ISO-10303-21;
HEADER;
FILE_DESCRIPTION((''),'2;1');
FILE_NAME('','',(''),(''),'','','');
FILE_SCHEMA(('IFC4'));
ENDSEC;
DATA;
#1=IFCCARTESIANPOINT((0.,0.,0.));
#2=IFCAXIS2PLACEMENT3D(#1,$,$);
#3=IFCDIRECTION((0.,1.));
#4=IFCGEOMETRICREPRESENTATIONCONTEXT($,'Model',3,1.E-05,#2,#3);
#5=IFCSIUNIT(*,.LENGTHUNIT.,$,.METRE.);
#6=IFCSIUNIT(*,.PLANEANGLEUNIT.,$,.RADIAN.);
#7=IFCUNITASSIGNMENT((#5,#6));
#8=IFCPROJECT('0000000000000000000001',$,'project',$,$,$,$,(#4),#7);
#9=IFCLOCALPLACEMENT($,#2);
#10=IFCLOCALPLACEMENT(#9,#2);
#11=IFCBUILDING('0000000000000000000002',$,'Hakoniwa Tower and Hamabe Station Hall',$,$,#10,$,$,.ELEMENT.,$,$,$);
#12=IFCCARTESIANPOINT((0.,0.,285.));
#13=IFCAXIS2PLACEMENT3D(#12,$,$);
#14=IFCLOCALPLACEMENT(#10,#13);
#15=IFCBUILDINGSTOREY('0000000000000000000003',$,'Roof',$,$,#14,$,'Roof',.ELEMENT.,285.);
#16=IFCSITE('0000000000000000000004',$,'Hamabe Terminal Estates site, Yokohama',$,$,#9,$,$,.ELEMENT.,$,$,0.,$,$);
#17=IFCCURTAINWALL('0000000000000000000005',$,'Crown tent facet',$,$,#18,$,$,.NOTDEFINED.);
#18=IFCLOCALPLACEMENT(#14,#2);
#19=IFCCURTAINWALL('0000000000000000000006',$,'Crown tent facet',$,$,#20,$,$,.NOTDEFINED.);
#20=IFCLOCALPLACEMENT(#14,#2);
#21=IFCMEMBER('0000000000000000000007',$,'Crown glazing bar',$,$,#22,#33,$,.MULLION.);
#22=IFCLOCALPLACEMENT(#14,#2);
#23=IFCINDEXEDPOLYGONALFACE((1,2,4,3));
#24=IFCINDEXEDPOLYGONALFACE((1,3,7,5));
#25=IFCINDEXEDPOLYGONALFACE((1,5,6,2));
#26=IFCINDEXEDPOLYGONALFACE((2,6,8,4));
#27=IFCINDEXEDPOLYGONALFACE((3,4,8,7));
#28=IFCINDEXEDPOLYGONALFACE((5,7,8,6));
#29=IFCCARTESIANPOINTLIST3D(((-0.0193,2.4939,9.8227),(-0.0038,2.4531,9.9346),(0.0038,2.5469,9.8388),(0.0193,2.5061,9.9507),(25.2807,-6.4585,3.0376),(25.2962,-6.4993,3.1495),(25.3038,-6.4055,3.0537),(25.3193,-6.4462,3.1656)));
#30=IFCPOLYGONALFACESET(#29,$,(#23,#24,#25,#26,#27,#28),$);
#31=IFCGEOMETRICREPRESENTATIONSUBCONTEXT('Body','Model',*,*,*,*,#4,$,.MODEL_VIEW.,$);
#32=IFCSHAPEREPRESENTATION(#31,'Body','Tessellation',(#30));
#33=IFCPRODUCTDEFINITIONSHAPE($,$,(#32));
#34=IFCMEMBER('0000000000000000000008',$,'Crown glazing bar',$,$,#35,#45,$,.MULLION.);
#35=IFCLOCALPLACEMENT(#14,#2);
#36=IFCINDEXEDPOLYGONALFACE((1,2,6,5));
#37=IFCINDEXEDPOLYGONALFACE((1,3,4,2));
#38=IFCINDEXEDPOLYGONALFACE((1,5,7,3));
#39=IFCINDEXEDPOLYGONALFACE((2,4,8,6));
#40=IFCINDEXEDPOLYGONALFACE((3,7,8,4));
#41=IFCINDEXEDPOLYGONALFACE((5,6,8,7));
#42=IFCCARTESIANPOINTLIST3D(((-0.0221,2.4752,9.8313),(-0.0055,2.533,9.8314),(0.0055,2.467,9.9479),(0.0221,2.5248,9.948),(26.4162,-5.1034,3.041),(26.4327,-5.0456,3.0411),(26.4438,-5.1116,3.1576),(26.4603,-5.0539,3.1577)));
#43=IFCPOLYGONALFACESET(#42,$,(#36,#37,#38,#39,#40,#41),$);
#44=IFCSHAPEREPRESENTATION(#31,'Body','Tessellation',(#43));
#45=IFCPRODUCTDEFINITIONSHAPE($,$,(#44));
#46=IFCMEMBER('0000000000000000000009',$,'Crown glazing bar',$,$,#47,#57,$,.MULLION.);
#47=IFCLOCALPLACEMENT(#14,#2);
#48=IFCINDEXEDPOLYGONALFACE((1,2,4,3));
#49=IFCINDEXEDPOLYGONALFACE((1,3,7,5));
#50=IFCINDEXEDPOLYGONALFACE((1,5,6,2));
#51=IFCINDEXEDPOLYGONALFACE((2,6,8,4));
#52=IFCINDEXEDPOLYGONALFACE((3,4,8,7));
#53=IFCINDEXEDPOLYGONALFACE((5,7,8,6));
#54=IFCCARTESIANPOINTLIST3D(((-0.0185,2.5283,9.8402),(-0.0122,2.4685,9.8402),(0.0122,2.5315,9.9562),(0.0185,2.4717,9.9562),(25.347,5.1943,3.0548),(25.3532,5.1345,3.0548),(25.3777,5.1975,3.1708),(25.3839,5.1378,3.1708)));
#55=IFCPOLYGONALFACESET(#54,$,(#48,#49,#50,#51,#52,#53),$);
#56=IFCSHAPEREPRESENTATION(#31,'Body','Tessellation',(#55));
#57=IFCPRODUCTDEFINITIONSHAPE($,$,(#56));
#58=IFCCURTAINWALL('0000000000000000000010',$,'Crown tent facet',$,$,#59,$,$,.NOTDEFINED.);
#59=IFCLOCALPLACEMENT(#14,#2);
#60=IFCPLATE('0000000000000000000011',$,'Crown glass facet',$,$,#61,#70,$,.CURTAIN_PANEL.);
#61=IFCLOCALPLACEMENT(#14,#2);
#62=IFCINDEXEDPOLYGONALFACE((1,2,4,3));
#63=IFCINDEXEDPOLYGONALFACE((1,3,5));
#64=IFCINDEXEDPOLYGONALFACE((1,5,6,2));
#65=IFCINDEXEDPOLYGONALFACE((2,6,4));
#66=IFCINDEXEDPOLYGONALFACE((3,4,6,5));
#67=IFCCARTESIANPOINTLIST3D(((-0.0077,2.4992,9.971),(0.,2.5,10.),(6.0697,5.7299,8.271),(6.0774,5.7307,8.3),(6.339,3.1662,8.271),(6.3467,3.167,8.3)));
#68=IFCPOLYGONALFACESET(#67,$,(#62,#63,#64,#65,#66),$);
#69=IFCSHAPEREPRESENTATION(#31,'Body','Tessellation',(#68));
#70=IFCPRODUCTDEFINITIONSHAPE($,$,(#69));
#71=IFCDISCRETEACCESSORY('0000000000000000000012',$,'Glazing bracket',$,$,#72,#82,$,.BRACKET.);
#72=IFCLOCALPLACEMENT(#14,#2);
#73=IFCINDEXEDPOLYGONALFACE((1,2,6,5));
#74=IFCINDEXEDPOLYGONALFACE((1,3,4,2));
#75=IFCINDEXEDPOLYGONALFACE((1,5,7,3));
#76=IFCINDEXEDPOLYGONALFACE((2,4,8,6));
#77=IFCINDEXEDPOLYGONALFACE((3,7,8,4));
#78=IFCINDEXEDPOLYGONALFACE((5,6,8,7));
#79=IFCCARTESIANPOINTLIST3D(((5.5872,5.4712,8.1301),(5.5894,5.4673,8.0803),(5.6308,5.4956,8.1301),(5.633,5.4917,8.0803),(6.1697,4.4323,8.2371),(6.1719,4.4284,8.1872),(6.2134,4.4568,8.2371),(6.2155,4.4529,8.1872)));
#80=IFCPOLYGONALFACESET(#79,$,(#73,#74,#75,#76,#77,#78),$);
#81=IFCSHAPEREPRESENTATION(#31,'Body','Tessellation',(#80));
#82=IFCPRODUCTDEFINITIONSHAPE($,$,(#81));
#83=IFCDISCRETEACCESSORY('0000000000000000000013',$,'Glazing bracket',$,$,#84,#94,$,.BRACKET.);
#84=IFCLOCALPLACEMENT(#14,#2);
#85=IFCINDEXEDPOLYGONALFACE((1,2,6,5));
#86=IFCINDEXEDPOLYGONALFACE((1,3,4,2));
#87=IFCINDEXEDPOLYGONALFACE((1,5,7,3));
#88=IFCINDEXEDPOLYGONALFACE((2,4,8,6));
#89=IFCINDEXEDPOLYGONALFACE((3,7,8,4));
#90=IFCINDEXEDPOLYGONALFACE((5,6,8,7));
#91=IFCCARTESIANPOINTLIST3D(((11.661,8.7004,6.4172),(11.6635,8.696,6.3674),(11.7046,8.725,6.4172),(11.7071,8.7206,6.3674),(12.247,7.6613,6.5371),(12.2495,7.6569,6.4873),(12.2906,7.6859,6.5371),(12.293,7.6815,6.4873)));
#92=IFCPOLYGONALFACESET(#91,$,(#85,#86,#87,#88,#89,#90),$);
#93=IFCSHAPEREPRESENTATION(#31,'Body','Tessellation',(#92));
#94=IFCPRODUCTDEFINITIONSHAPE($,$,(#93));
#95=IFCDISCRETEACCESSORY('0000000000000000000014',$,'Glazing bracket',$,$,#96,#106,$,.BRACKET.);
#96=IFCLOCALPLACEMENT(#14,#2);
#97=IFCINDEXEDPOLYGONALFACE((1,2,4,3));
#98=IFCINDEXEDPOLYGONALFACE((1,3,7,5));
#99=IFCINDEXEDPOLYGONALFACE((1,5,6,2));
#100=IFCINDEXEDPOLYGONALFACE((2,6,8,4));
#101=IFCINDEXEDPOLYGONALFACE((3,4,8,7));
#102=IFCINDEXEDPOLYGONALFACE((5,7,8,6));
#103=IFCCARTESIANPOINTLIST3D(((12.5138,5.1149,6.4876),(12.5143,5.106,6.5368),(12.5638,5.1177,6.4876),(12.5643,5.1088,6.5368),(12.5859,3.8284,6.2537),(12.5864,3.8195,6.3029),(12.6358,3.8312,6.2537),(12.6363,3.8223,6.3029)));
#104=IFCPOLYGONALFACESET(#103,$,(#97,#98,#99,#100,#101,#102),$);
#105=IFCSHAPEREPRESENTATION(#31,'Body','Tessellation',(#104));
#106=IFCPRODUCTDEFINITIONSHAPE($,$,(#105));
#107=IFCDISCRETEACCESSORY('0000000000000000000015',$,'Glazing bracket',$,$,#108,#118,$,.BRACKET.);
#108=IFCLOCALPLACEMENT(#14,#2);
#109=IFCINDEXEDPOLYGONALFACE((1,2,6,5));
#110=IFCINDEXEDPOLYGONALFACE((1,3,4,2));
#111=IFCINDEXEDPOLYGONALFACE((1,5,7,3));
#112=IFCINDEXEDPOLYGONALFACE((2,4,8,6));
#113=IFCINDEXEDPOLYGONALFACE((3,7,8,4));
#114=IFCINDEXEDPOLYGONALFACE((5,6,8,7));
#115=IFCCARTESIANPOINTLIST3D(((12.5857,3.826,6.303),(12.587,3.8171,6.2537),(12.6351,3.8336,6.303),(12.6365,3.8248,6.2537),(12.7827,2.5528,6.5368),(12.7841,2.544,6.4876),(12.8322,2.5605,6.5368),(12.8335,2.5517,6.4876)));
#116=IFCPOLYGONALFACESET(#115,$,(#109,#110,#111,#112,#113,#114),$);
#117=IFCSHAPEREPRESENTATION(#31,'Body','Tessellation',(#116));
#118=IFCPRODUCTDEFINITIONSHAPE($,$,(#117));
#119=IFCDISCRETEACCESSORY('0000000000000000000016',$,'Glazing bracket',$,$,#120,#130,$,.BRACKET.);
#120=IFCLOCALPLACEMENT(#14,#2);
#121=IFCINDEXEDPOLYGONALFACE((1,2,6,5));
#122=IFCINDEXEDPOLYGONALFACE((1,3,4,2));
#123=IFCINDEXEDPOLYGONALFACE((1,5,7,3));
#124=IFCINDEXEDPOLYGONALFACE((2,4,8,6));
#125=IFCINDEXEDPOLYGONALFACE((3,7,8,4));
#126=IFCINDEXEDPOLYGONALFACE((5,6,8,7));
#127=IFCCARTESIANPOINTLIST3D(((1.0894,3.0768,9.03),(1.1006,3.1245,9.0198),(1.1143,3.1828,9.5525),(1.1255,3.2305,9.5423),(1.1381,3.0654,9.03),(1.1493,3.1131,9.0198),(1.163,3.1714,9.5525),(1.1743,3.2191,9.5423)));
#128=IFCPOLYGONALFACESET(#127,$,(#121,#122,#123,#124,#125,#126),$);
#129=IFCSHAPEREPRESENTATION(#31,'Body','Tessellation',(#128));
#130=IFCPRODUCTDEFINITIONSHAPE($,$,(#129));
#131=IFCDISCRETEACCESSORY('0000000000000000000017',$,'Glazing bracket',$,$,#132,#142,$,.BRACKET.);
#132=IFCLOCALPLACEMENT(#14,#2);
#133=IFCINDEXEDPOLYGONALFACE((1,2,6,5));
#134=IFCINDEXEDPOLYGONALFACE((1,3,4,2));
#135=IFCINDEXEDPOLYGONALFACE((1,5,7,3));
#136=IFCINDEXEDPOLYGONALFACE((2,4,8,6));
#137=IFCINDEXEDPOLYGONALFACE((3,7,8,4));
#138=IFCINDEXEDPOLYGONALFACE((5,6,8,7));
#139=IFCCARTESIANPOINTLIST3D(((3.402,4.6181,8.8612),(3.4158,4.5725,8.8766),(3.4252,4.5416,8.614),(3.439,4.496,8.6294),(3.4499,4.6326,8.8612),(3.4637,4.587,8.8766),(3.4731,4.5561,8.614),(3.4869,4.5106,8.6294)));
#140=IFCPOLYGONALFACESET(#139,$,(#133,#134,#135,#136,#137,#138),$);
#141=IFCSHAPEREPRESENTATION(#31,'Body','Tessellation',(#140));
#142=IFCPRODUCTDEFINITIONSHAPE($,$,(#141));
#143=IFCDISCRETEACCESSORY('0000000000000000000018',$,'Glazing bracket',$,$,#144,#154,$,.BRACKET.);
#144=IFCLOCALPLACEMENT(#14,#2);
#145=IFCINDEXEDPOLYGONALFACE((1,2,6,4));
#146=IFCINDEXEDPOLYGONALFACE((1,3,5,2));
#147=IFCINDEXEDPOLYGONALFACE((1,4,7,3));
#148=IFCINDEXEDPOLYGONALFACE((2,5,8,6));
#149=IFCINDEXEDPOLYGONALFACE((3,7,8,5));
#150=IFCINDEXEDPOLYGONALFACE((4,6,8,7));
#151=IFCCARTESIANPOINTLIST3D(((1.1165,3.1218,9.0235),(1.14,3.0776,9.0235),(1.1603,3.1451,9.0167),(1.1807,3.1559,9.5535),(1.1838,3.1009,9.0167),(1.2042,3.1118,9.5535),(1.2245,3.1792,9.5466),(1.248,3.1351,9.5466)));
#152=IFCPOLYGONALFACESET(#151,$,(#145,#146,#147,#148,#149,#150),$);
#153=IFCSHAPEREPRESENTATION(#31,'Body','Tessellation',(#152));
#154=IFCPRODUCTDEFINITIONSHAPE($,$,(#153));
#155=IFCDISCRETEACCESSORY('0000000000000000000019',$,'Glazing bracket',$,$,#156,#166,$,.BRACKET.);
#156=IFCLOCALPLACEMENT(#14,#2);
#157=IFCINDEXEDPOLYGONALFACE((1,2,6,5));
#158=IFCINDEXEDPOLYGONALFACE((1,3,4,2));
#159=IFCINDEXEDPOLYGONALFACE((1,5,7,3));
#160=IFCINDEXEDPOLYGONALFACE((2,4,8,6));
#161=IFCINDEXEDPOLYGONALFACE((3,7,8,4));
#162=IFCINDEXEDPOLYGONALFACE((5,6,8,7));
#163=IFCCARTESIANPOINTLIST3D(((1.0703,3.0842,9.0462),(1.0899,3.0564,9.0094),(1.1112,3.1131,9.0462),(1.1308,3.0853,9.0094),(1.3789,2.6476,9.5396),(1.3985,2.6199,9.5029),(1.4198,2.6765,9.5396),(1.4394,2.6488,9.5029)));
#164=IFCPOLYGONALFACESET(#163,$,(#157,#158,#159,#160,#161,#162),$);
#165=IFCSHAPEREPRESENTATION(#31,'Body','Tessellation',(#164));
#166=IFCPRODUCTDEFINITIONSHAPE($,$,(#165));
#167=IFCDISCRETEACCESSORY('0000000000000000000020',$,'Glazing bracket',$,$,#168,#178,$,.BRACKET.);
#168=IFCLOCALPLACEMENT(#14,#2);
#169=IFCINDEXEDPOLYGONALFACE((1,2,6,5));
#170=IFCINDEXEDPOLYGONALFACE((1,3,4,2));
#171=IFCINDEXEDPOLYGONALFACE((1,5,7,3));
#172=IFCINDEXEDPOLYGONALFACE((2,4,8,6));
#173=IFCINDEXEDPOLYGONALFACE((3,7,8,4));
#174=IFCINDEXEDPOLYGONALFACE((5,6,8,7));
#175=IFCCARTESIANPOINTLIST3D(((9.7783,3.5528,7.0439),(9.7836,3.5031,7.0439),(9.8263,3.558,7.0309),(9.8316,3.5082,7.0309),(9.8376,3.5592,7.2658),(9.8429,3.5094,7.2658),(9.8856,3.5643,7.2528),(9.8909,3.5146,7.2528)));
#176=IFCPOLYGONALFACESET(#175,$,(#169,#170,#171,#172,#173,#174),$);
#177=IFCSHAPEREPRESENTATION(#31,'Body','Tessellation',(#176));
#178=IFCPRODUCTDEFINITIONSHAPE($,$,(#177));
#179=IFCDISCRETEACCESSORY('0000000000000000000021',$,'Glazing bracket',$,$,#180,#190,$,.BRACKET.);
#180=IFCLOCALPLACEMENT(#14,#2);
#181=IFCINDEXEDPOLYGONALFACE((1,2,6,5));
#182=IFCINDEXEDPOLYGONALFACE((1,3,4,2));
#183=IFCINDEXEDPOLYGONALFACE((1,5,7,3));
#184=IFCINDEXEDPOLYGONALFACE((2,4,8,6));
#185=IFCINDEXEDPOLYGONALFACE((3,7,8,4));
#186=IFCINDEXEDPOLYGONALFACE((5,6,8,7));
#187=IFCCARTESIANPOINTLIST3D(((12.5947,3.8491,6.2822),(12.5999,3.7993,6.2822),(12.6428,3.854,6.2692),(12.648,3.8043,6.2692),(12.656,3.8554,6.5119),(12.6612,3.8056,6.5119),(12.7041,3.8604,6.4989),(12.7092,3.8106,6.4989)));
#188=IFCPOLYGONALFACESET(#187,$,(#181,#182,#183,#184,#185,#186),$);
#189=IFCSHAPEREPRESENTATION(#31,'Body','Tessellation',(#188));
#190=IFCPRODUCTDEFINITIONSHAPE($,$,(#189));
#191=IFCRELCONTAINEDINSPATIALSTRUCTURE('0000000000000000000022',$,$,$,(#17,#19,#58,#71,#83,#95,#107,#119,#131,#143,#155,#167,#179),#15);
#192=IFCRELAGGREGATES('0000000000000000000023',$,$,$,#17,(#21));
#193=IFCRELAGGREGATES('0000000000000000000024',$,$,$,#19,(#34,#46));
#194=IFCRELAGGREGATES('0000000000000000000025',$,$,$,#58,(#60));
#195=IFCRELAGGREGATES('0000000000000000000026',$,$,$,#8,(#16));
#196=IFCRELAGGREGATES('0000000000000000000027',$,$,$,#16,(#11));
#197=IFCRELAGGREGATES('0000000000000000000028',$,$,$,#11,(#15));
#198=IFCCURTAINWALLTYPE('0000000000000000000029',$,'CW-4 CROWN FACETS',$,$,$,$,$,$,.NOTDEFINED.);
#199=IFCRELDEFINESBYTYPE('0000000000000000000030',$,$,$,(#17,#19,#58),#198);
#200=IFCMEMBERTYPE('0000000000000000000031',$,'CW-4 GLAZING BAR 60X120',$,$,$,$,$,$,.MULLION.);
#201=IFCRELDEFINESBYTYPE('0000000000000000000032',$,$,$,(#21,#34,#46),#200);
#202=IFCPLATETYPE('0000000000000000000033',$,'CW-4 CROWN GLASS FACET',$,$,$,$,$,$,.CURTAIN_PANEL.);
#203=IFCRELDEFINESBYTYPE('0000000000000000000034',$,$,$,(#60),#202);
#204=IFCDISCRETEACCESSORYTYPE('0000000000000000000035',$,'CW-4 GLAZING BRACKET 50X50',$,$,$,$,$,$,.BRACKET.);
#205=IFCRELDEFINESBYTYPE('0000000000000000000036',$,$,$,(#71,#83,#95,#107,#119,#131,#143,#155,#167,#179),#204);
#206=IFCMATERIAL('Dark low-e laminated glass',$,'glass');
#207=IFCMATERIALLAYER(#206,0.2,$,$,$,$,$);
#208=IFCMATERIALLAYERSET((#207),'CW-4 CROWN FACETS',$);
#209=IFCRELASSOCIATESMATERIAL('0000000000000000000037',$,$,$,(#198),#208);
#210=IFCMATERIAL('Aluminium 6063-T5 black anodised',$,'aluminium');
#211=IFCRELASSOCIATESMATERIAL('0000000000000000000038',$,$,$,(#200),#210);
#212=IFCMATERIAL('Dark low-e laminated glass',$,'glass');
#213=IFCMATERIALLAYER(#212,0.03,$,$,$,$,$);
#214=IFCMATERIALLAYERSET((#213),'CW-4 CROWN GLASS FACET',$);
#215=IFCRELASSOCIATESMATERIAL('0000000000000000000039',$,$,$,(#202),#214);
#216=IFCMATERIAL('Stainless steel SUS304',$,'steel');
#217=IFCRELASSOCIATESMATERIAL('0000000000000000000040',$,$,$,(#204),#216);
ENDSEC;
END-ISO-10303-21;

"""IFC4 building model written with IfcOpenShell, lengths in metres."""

from ifc_helpers import new_model, si_unit, direction, frame, origin, origin_2d, place, context, subcontext, project, spatial, polyline, rectangle, outline, extrude, material, layer, layer_set, material_profile, profile_set, type_object, element, aggregate, save


model = new_model("IFC4")

# Units and contexts
model_context = context("Model", 3, precision=1e-05, world=origin(), true_north=direction((0.0, 1.0)))
body_context = subcontext(model_context, "Body", "Model", "MODEL_VIEW")
ifc_project = project(units=[si_unit("LENGTHUNIT", "METRE"), si_unit("PLANEANGLEUNIT", "RADIAN")], contexts=[model_context])

# Site, building, storey
site_placement = place(None, origin())
site = spatial("IfcSite", under=ifc_project, at=site_placement, Name="Hamabe Terminal Estates site, Yokohama", CompositionType="ELEMENT", RefElevation=0.0)
building_placement = place(site_placement, origin())
building = spatial("IfcBuilding", under=site, at=building_placement, Name="Hakoniwa Tower and Hamabe Station Hall", CompositionType="ELEMENT")
storey_placement = place(building_placement, frame((0.0, 0.0, 285.0)))
storey = spatial("IfcBuildingStorey", under=building, at=storey_placement, Name="Roof", LongName="Roof", CompositionType="ELEMENT", Elevation=285.0)

# Curtain walls
ifc_material_1 = material(Name="Dark low-e laminated glass", Category="glass")
ifc_layer_1 = layer(ifc_material_1, 0.2)
ifc_layer_set_1 = layer_set([ifc_layer_1], Name="CW-4 CROWN FACETS")
curtain_wall_type = type_object("IfcCurtainWallType", Name="CW-4 CROWN FACETS", PredefinedType="NOTDEFINED", material=ifc_layer_set_1)
curtain_wall_1_placement = place(storey_placement, origin())
curtain_wall_1 = element("IfcCurtainWall", 1, at=curtain_wall_1_placement, inside=storey, type_object=curtain_wall_type, Name="Crown tent facet", PredefinedType="NOTDEFINED")
ifc_material_2 = material(Name="Aluminium 6063-T5 black anodised", Category="aluminium")
ifc_material_profile_1 = material_profile(ifc_material_2, rectangle(XDim=0.0601, YDim=0.1201, at=origin_2d()), Name="CW-4 GLAZING BAR 60X120")
ifc_profile_set_1 = profile_set([ifc_material_profile_1], Name="Aluminium 6063-T5 black anodised")
member_type_1 = type_object("IfcMemberType", Name="CW-4 GLAZING BAR 60X120", PredefinedType="MULLION", material=ifc_profile_set_1)
curtain_wall_2_placement = place(storey_placement, origin())
curtain_wall_2 = element("IfcCurtainWall", 2, at=curtain_wall_2_placement, inside=storey, type_object=curtain_wall_type, Name="Crown tent facet", PredefinedType="NOTDEFINED")

# Members
member_1_placement = place(storey_placement, frame((0.0, 2.5, 9.8867), z_axis=(0.913963, -0.323405, -0.245113), x_axis=(0.384516, 0.883235, 0.26841)))
member_1 = element("IfcMember", 3, at=member_1_placement, type_object=member_type_1, Name="Crown glazing bar", PredefinedType="MULLION", context=body_context, shape_type="SweptSolid", body=[
    extrude(rectangle(XDim=0.0601, YDim=0.1201, at=origin_2d()), origin(), (0.0, 0.0, 1.0), 27.6816),
])
aggregate(curtain_wall_1, [member_1])
member_2_placement = place(storey_placement, frame((0.0, 2.5, 9.8896), z_axis=(0.933262, -0.267523, -0.239695), x_axis=(0.27612, 0.96112, 0.002379)))
member_2 = element("IfcMember", 4, at=member_2_placement, type_object=member_type_1, Name="Crown glazing bar", PredefinedType="MULLION", context=body_context, shape_type="SweptSolid", body=[
    extrude(rectangle(XDim=0.0601, YDim=0.1201, at=origin_2d()), origin(), (0.0, 0.0, 1.0), 28.3289),
])
member_3_placement = place(storey_placement, frame((0.0, 2.5, 9.8982), z_axis=(0.961092, 0.101015, -0.257097), x_axis=(-0.104528, 0.994522, 0.0)))
member_3 = element("IfcMember", 5, at=member_3_placement, type_object=member_type_1, Name="Crown glazing bar", PredefinedType="MULLION", context=body_context, shape_type="SweptSolid", body=[
    extrude(rectangle(XDim=0.0601, YDim=0.1201, at=origin_2d()), origin(), (0.0, 0.0, 1.0), 26.3923),
])
aggregate(curtain_wall_2, [member_2, member_3])

# Curtain wall, plate
curtain_wall_3_placement = place(storey_placement, origin())
curtain_wall_3 = element("IfcCurtainWall", 6, at=curtain_wall_3_placement, inside=storey, type_object=curtain_wall_type, Name="Crown tent facet", PredefinedType="NOTDEFINED")
ifc_material_3 = material(Name="Dark low-e laminated glass", Category="glass")
ifc_layer_2 = layer(ifc_material_3, 0.03)
ifc_layer_set_2 = layer_set([ifc_layer_2], Name="CW-4 CROWN GLASS FACET")
plate_type = type_object("IfcPlateType", Name="CW-4 CROWN GLASS FACET", PredefinedType="CURTAIN_PANEL", material=ifc_layer_set_2)
plate_placement = place(storey_placement, frame((6.0774, 5.7307, 8.3), z_axis=(0.255997, 0.026889, 0.966303), x_axis=(0.104463, -0.994529, 0.0)))
plate = element("IfcPlate", 7, at=plate_placement, type_object=plate_type, Name="Crown glass facet", PredefinedType="CURTAIN_PANEL", context=body_context, shape_type="SweptSolid", body=[
    extrude(outline(polyline([(0.0, 0.0), (2.5778, 0.0), (2.5782, -6.6042), (0.0, 0.0)])), origin(), (0.0, 0.0, -1.0), 0.03),
])
aggregate(curtain_wall_3, [plate])

# Discrete accessories
ifc_material_4 = material(Name="Stainless steel SUS304", Category="steel")
ifc_material_profile_2 = material_profile(ifc_material_4, rectangle(XDim=0.05, YDim=0.05, at=origin_2d()), Name="CW-4 GLAZING BRACKET 50X50")
ifc_profile_set_2 = profile_set([ifc_material_profile_2], Name="Stainless steel SUS304")
discrete_accessory_type_1 = type_object("IfcDiscreteAccessoryType", Name="CW-4 GLAZING BRACKET 50X50", PredefinedType="BRACKET", material=ifc_profile_set_2)
discrete_accessory_1_placement = place(storey_placement, frame((6.1926, 4.4426, 8.2122), z_axis=(-0.487143, 0.868732, -0.089425), x_axis=(-0.872226, -0.489103, 0.0)))
element("IfcDiscreteAccessory", 8, at=discrete_accessory_1_placement, inside=storey, type_object=discrete_accessory_type_1, Name="Glazing bracket", PredefinedType="BRACKET", context=body_context, shape_type="SweptSolid", body=[
    extrude(rectangle(XDim=0.05, YDim=0.05, at=origin_2d()), origin(), (0.0, 0.0, 1.0), 1.1958),
])
discrete_accessory_2_placement = place(storey_placement, frame((12.27, 7.6714, 6.5122), z_axis=(-0.488732, 0.866685, -0.099986), x_axis=(-0.87105, -0.491194, 0.0)))
element("IfcDiscreteAccessory", 9, at=discrete_accessory_2_placement, inside=storey, type_object=discrete_accessory_type_1, Name="Glazing bracket", PredefinedType="BRACKET", context=body_context, shape_type="SweptSolid", body=[
    extrude(rectangle(XDim=0.05, YDim=0.05, at=origin_2d()), origin(), (0.0, 0.0, 1.0), 1.199),
])
discrete_accessory_3_placement = place(storey_placement, frame((12.5391, 5.1118, 6.5122), z_axis=(0.055001, -0.982381, -0.178615), x_axis=(0.998436, 0.0559, 0.0)))
element("IfcDiscreteAccessory", 10, at=discrete_accessory_3_placement, inside=storey, type_object=discrete_accessory_type_1, Name="Glazing bracket", PredefinedType="BRACKET", context=body_context, shape_type="SweptSolid", body=[
    extrude(rectangle(XDim=0.05, YDim=0.05, at=origin_2d()), origin(), (0.0, 0.0, 1.0), 1.3096),
])
discrete_accessory_4_placement = place(storey_placement, frame((12.8081, 2.5522, 6.5122), z_axis=(-0.150466, 0.972345, -0.178621), x_axis=(-0.988238, -0.152926, 0.0)))
element("IfcDiscreteAccessory", 11, at=discrete_accessory_4_placement, inside=storey, type_object=discrete_accessory_type_1, Name="Glazing bracket", PredefinedType="BRACKET", context=body_context, shape_type="SweptSolid", body=[
    extrude(rectangle(XDim=0.05, YDim=0.05, at=origin_2d()), origin(), (0.0, 0.0, 1.0), 1.3093),
])
discrete_accessory_5_placement = place(storey_placement, frame((1.1443, 3.2009, 9.5474), z_axis=(-0.046662, -0.198541, -0.978981), x_axis=(0.973476, -0.228789, 0.0)))
element("IfcDiscreteAccessory", 12, at=discrete_accessory_5_placement, inside=storey, type_object=discrete_accessory_type_1, Name="Glazing bracket", PredefinedType="BRACKET", context=body_context, shape_type="SweptSolid", body=[
    extrude(rectangle(XDim=0.05, YDim=0.05, at=origin_2d()), origin(), (0.0, 0.0, 1.0), 0.5337),
])
discrete_accessory_6_placement = place(storey_placement, frame((3.4329, 4.6025, 8.8689), z_axis=(0.089324, -0.294297, -0.951531), x_axis=(0.956896, 0.290432, 0.0)))
element("IfcDiscreteAccessory", 13, at=discrete_accessory_6_placement, inside=storey, type_object=discrete_accessory_type_1, Name="Glazing bracket", PredefinedType="BRACKET", context=body_context, shape_type="SweptSolid", body=[
    extrude(rectangle(XDim=0.05, YDim=0.05, at=origin_2d()), origin(), (0.0, 0.0, 1.0), 0.2598),
])
discrete_accessory_7_placement = place(storey_placement, frame((1.2144, 3.1455, 9.55), z_axis=(-0.120017, -0.063888, -0.990714), x_axis=(0.469891, -0.882724, 0.0)))
element("IfcDiscreteAccessory", 14, at=discrete_accessory_7_placement, inside=storey, type_object=discrete_accessory_type_1, Name="Glazing bracket", PredefinedType="BRACKET", context=body_context, shape_type="SweptSolid", body=[
    extrude(rectangle(XDim=0.05, YDim=0.05, at=origin_2d()), origin(), (0.0, 0.0, 1.0), 0.5349),
])
discrete_accessory_8_placement = place(storey_placement, frame((1.4092, 2.6482, 9.5212), z_axis=(-0.424193, 0.600045, -0.678238), x_axis=(-0.816563, -0.577257, 0.0)))
element("IfcDiscreteAccessory", 15, at=discrete_accessory_8_placement, inside=storey, type_object=discrete_accessory_type_1, Name="Glazing bracket", PredefinedType="BRACKET", context=body_context, shape_type="SweptSolid", body=[
    extrude(rectangle(XDim=0.05, YDim=0.05, at=origin_2d()), origin(), (0.0, 0.0, 1.0), 0.7275),
])
discrete_accessory_9_placement = place(storey_placement, frame((9.8643, 3.5369, 7.2593), z_axis=(-0.258159, -0.027622, -0.965707), x_axis=(0.106389, -0.994325, 0.0)))
element("IfcDiscreteAccessory", 16, at=discrete_accessory_9_placement, inside=storey, type_object=discrete_accessory_type_1, Name="Glazing bracket", PredefinedType="BRACKET", context=body_context, shape_type="SweptSolid", body=[
    extrude(rectangle(XDim=0.05, YDim=0.05, at=origin_2d()), origin(), (0.0, 0.0, 1.0), 0.2297),
])
discrete_accessory_10_placement = place(storey_placement, frame((12.6826, 3.833, 6.5054), z_axis=(-0.257635, -0.026687, -0.965874), x_axis=(0.103034, -0.994678, 0.0)))
element("IfcDiscreteAccessory", 17, at=discrete_accessory_10_placement, inside=storey, type_object=discrete_accessory_type_1, Name="Glazing bracket", PredefinedType="BRACKET", context=body_context, shape_type="SweptSolid", body=[
    extrude(rectangle(XDim=0.05, YDim=0.05, at=origin_2d()), origin(), (0.0, 0.0, 1.0), 0.2378),
])

save(model, "model.ifc")
